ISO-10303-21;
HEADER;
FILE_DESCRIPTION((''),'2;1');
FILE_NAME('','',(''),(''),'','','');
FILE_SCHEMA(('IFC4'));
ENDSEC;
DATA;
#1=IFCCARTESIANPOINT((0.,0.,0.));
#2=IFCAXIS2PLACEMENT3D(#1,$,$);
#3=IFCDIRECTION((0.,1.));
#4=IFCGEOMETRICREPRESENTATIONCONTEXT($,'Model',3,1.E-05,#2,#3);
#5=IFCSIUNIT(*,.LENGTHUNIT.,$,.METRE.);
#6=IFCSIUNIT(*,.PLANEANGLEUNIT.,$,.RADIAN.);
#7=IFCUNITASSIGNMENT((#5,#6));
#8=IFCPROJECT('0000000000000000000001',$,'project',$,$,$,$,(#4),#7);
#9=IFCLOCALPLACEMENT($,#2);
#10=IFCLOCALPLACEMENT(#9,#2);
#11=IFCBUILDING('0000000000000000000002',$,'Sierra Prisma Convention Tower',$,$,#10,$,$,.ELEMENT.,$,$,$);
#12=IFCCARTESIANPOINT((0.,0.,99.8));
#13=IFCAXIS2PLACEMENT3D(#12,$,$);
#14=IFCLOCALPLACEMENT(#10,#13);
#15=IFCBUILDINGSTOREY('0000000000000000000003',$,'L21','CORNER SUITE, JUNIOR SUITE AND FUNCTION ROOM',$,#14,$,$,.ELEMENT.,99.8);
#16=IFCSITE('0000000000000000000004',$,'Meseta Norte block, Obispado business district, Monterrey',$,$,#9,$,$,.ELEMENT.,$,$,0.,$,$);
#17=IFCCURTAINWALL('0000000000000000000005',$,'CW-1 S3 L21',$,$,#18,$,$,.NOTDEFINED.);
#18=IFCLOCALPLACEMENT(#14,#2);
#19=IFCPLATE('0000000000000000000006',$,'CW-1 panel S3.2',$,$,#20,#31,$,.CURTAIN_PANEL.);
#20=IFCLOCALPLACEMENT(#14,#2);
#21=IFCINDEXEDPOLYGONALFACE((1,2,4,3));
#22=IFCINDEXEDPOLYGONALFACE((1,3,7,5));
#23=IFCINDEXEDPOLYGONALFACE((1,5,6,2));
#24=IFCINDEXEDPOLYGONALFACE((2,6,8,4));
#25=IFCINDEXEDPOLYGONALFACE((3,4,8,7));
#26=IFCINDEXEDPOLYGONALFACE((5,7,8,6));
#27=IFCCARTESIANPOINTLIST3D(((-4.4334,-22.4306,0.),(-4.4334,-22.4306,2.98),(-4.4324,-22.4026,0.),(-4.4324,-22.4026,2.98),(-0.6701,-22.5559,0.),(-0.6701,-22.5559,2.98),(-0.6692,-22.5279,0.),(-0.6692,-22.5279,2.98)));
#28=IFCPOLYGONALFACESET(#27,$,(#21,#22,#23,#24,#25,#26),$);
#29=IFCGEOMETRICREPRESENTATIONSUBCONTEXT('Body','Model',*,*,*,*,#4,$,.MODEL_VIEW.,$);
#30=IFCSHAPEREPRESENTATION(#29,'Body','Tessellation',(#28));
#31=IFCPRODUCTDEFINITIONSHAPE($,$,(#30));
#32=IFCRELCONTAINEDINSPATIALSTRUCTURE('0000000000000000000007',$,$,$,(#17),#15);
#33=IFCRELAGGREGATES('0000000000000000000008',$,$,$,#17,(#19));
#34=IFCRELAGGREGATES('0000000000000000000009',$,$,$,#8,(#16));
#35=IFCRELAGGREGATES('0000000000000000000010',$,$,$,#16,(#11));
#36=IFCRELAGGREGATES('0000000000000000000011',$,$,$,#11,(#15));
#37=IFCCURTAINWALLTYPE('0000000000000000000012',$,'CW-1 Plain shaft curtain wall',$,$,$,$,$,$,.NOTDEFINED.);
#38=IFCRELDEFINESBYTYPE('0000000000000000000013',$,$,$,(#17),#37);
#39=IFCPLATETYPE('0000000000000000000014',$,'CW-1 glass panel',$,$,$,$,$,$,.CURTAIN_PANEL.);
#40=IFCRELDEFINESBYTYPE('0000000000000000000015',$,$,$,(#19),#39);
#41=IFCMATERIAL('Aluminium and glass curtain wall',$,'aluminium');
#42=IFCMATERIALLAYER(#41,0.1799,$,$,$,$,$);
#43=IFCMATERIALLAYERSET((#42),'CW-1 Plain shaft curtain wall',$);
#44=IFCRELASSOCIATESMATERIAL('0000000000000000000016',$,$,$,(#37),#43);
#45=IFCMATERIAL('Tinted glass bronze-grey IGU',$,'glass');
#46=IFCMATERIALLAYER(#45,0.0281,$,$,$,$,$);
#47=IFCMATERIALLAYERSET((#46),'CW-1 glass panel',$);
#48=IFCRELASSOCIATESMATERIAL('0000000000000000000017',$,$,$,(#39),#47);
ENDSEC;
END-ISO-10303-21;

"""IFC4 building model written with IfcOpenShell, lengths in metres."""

from ifc_helpers import new_model, si_unit, direction, frame, origin, origin_2d, place, context, subcontext, project, spatial, rectangle, extrude, material, layer, layer_set, type_object, element, aggregate, save


model = new_model("IFC4")

# Units and contexts
model_context = context("Model", 3, precision=1e-05, world=origin(), true_north=direction((0.0, 1.0)))
body_context = subcontext(model_context, "Body", "Model", "MODEL_VIEW")
ifc_project = project(units=[si_unit("LENGTHUNIT", "METRE"), si_unit("PLANEANGLEUNIT", "RADIAN")], contexts=[model_context])

# Site, building, storey
site_placement = place(None, origin())
site = spatial("IfcSite", under=ifc_project, at=site_placement, Name="Meseta Norte block, Obispado business district, Monterrey", CompositionType="ELEMENT", RefElevation=0.0)
building_placement = place(site_placement, origin())
building = spatial("IfcBuilding", under=site, at=building_placement, Name="Sierra Prisma Convention Tower", CompositionType="ELEMENT")
storey_placement = place(building_placement, frame((0.0, 0.0, 99.8)))
storey = spatial("IfcBuildingStorey", under=building, at=storey_placement, Name="L21", Description="CORNER SUITE, JUNIOR SUITE AND FUNCTION ROOM", CompositionType="ELEMENT", Elevation=99.8)

# Curtain wall
ifc_material_1 = material(Name="Aluminium and glass curtain wall", Category="aluminium")
ifc_layer_1 = layer(ifc_material_1, 0.1799)
ifc_layer_set_1 = layer_set([ifc_layer_1], Name="CW-1 Plain shaft curtain wall")
curtain_wall_type = type_object("IfcCurtainWallType", Name="CW-1 Plain shaft curtain wall", PredefinedType="NOTDEFINED", material=ifc_layer_set_1)
curtain_wall_1_placement = place(storey_placement, origin())
curtain_wall_1 = element("IfcCurtainWall", 1, at=curtain_wall_1_placement, inside=storey, type_object=curtain_wall_type, Name="CW-1 S3 L21", PredefinedType="NOTDEFINED")

# Shared definitions
ifc_material_2 = material(Name="Tinted glass bronze-grey IGU", Category="glass")
ifc_layer_2 = layer(ifc_material_2, 0.0281)
ifc_layer_set_2 = layer_set([ifc_layer_2], Name="CW-1 glass panel")
plate_type = type_object("IfcPlateType", Name="CW-1 glass panel", PredefinedType="CURTAIN_PANEL", material=ifc_layer_set_2)

# Plate
plate_1_placement = place(storey_placement, frame((-2.5513, -22.4792, 0.0), z_axis=(0.0, 0.0, 1.0), x_axis=(0.999446, -0.033286, 0.0)))
plate_1 = element("IfcPlate", 2, at=plate_1_placement, type_object=plate_type, Name="CW-1 panel S3.2", PredefinedType="CURTAIN_PANEL", context=body_context, shape_type="SweptSolid", body=[
    extrude(rectangle(XDim=3.7654, YDim=0.0281, at=origin_2d()), origin(), (0.0, 0.0, 1.0), 2.98),
])
aggregate(curtain_wall_1, [plate_1])

save(model, "model.ifc")
